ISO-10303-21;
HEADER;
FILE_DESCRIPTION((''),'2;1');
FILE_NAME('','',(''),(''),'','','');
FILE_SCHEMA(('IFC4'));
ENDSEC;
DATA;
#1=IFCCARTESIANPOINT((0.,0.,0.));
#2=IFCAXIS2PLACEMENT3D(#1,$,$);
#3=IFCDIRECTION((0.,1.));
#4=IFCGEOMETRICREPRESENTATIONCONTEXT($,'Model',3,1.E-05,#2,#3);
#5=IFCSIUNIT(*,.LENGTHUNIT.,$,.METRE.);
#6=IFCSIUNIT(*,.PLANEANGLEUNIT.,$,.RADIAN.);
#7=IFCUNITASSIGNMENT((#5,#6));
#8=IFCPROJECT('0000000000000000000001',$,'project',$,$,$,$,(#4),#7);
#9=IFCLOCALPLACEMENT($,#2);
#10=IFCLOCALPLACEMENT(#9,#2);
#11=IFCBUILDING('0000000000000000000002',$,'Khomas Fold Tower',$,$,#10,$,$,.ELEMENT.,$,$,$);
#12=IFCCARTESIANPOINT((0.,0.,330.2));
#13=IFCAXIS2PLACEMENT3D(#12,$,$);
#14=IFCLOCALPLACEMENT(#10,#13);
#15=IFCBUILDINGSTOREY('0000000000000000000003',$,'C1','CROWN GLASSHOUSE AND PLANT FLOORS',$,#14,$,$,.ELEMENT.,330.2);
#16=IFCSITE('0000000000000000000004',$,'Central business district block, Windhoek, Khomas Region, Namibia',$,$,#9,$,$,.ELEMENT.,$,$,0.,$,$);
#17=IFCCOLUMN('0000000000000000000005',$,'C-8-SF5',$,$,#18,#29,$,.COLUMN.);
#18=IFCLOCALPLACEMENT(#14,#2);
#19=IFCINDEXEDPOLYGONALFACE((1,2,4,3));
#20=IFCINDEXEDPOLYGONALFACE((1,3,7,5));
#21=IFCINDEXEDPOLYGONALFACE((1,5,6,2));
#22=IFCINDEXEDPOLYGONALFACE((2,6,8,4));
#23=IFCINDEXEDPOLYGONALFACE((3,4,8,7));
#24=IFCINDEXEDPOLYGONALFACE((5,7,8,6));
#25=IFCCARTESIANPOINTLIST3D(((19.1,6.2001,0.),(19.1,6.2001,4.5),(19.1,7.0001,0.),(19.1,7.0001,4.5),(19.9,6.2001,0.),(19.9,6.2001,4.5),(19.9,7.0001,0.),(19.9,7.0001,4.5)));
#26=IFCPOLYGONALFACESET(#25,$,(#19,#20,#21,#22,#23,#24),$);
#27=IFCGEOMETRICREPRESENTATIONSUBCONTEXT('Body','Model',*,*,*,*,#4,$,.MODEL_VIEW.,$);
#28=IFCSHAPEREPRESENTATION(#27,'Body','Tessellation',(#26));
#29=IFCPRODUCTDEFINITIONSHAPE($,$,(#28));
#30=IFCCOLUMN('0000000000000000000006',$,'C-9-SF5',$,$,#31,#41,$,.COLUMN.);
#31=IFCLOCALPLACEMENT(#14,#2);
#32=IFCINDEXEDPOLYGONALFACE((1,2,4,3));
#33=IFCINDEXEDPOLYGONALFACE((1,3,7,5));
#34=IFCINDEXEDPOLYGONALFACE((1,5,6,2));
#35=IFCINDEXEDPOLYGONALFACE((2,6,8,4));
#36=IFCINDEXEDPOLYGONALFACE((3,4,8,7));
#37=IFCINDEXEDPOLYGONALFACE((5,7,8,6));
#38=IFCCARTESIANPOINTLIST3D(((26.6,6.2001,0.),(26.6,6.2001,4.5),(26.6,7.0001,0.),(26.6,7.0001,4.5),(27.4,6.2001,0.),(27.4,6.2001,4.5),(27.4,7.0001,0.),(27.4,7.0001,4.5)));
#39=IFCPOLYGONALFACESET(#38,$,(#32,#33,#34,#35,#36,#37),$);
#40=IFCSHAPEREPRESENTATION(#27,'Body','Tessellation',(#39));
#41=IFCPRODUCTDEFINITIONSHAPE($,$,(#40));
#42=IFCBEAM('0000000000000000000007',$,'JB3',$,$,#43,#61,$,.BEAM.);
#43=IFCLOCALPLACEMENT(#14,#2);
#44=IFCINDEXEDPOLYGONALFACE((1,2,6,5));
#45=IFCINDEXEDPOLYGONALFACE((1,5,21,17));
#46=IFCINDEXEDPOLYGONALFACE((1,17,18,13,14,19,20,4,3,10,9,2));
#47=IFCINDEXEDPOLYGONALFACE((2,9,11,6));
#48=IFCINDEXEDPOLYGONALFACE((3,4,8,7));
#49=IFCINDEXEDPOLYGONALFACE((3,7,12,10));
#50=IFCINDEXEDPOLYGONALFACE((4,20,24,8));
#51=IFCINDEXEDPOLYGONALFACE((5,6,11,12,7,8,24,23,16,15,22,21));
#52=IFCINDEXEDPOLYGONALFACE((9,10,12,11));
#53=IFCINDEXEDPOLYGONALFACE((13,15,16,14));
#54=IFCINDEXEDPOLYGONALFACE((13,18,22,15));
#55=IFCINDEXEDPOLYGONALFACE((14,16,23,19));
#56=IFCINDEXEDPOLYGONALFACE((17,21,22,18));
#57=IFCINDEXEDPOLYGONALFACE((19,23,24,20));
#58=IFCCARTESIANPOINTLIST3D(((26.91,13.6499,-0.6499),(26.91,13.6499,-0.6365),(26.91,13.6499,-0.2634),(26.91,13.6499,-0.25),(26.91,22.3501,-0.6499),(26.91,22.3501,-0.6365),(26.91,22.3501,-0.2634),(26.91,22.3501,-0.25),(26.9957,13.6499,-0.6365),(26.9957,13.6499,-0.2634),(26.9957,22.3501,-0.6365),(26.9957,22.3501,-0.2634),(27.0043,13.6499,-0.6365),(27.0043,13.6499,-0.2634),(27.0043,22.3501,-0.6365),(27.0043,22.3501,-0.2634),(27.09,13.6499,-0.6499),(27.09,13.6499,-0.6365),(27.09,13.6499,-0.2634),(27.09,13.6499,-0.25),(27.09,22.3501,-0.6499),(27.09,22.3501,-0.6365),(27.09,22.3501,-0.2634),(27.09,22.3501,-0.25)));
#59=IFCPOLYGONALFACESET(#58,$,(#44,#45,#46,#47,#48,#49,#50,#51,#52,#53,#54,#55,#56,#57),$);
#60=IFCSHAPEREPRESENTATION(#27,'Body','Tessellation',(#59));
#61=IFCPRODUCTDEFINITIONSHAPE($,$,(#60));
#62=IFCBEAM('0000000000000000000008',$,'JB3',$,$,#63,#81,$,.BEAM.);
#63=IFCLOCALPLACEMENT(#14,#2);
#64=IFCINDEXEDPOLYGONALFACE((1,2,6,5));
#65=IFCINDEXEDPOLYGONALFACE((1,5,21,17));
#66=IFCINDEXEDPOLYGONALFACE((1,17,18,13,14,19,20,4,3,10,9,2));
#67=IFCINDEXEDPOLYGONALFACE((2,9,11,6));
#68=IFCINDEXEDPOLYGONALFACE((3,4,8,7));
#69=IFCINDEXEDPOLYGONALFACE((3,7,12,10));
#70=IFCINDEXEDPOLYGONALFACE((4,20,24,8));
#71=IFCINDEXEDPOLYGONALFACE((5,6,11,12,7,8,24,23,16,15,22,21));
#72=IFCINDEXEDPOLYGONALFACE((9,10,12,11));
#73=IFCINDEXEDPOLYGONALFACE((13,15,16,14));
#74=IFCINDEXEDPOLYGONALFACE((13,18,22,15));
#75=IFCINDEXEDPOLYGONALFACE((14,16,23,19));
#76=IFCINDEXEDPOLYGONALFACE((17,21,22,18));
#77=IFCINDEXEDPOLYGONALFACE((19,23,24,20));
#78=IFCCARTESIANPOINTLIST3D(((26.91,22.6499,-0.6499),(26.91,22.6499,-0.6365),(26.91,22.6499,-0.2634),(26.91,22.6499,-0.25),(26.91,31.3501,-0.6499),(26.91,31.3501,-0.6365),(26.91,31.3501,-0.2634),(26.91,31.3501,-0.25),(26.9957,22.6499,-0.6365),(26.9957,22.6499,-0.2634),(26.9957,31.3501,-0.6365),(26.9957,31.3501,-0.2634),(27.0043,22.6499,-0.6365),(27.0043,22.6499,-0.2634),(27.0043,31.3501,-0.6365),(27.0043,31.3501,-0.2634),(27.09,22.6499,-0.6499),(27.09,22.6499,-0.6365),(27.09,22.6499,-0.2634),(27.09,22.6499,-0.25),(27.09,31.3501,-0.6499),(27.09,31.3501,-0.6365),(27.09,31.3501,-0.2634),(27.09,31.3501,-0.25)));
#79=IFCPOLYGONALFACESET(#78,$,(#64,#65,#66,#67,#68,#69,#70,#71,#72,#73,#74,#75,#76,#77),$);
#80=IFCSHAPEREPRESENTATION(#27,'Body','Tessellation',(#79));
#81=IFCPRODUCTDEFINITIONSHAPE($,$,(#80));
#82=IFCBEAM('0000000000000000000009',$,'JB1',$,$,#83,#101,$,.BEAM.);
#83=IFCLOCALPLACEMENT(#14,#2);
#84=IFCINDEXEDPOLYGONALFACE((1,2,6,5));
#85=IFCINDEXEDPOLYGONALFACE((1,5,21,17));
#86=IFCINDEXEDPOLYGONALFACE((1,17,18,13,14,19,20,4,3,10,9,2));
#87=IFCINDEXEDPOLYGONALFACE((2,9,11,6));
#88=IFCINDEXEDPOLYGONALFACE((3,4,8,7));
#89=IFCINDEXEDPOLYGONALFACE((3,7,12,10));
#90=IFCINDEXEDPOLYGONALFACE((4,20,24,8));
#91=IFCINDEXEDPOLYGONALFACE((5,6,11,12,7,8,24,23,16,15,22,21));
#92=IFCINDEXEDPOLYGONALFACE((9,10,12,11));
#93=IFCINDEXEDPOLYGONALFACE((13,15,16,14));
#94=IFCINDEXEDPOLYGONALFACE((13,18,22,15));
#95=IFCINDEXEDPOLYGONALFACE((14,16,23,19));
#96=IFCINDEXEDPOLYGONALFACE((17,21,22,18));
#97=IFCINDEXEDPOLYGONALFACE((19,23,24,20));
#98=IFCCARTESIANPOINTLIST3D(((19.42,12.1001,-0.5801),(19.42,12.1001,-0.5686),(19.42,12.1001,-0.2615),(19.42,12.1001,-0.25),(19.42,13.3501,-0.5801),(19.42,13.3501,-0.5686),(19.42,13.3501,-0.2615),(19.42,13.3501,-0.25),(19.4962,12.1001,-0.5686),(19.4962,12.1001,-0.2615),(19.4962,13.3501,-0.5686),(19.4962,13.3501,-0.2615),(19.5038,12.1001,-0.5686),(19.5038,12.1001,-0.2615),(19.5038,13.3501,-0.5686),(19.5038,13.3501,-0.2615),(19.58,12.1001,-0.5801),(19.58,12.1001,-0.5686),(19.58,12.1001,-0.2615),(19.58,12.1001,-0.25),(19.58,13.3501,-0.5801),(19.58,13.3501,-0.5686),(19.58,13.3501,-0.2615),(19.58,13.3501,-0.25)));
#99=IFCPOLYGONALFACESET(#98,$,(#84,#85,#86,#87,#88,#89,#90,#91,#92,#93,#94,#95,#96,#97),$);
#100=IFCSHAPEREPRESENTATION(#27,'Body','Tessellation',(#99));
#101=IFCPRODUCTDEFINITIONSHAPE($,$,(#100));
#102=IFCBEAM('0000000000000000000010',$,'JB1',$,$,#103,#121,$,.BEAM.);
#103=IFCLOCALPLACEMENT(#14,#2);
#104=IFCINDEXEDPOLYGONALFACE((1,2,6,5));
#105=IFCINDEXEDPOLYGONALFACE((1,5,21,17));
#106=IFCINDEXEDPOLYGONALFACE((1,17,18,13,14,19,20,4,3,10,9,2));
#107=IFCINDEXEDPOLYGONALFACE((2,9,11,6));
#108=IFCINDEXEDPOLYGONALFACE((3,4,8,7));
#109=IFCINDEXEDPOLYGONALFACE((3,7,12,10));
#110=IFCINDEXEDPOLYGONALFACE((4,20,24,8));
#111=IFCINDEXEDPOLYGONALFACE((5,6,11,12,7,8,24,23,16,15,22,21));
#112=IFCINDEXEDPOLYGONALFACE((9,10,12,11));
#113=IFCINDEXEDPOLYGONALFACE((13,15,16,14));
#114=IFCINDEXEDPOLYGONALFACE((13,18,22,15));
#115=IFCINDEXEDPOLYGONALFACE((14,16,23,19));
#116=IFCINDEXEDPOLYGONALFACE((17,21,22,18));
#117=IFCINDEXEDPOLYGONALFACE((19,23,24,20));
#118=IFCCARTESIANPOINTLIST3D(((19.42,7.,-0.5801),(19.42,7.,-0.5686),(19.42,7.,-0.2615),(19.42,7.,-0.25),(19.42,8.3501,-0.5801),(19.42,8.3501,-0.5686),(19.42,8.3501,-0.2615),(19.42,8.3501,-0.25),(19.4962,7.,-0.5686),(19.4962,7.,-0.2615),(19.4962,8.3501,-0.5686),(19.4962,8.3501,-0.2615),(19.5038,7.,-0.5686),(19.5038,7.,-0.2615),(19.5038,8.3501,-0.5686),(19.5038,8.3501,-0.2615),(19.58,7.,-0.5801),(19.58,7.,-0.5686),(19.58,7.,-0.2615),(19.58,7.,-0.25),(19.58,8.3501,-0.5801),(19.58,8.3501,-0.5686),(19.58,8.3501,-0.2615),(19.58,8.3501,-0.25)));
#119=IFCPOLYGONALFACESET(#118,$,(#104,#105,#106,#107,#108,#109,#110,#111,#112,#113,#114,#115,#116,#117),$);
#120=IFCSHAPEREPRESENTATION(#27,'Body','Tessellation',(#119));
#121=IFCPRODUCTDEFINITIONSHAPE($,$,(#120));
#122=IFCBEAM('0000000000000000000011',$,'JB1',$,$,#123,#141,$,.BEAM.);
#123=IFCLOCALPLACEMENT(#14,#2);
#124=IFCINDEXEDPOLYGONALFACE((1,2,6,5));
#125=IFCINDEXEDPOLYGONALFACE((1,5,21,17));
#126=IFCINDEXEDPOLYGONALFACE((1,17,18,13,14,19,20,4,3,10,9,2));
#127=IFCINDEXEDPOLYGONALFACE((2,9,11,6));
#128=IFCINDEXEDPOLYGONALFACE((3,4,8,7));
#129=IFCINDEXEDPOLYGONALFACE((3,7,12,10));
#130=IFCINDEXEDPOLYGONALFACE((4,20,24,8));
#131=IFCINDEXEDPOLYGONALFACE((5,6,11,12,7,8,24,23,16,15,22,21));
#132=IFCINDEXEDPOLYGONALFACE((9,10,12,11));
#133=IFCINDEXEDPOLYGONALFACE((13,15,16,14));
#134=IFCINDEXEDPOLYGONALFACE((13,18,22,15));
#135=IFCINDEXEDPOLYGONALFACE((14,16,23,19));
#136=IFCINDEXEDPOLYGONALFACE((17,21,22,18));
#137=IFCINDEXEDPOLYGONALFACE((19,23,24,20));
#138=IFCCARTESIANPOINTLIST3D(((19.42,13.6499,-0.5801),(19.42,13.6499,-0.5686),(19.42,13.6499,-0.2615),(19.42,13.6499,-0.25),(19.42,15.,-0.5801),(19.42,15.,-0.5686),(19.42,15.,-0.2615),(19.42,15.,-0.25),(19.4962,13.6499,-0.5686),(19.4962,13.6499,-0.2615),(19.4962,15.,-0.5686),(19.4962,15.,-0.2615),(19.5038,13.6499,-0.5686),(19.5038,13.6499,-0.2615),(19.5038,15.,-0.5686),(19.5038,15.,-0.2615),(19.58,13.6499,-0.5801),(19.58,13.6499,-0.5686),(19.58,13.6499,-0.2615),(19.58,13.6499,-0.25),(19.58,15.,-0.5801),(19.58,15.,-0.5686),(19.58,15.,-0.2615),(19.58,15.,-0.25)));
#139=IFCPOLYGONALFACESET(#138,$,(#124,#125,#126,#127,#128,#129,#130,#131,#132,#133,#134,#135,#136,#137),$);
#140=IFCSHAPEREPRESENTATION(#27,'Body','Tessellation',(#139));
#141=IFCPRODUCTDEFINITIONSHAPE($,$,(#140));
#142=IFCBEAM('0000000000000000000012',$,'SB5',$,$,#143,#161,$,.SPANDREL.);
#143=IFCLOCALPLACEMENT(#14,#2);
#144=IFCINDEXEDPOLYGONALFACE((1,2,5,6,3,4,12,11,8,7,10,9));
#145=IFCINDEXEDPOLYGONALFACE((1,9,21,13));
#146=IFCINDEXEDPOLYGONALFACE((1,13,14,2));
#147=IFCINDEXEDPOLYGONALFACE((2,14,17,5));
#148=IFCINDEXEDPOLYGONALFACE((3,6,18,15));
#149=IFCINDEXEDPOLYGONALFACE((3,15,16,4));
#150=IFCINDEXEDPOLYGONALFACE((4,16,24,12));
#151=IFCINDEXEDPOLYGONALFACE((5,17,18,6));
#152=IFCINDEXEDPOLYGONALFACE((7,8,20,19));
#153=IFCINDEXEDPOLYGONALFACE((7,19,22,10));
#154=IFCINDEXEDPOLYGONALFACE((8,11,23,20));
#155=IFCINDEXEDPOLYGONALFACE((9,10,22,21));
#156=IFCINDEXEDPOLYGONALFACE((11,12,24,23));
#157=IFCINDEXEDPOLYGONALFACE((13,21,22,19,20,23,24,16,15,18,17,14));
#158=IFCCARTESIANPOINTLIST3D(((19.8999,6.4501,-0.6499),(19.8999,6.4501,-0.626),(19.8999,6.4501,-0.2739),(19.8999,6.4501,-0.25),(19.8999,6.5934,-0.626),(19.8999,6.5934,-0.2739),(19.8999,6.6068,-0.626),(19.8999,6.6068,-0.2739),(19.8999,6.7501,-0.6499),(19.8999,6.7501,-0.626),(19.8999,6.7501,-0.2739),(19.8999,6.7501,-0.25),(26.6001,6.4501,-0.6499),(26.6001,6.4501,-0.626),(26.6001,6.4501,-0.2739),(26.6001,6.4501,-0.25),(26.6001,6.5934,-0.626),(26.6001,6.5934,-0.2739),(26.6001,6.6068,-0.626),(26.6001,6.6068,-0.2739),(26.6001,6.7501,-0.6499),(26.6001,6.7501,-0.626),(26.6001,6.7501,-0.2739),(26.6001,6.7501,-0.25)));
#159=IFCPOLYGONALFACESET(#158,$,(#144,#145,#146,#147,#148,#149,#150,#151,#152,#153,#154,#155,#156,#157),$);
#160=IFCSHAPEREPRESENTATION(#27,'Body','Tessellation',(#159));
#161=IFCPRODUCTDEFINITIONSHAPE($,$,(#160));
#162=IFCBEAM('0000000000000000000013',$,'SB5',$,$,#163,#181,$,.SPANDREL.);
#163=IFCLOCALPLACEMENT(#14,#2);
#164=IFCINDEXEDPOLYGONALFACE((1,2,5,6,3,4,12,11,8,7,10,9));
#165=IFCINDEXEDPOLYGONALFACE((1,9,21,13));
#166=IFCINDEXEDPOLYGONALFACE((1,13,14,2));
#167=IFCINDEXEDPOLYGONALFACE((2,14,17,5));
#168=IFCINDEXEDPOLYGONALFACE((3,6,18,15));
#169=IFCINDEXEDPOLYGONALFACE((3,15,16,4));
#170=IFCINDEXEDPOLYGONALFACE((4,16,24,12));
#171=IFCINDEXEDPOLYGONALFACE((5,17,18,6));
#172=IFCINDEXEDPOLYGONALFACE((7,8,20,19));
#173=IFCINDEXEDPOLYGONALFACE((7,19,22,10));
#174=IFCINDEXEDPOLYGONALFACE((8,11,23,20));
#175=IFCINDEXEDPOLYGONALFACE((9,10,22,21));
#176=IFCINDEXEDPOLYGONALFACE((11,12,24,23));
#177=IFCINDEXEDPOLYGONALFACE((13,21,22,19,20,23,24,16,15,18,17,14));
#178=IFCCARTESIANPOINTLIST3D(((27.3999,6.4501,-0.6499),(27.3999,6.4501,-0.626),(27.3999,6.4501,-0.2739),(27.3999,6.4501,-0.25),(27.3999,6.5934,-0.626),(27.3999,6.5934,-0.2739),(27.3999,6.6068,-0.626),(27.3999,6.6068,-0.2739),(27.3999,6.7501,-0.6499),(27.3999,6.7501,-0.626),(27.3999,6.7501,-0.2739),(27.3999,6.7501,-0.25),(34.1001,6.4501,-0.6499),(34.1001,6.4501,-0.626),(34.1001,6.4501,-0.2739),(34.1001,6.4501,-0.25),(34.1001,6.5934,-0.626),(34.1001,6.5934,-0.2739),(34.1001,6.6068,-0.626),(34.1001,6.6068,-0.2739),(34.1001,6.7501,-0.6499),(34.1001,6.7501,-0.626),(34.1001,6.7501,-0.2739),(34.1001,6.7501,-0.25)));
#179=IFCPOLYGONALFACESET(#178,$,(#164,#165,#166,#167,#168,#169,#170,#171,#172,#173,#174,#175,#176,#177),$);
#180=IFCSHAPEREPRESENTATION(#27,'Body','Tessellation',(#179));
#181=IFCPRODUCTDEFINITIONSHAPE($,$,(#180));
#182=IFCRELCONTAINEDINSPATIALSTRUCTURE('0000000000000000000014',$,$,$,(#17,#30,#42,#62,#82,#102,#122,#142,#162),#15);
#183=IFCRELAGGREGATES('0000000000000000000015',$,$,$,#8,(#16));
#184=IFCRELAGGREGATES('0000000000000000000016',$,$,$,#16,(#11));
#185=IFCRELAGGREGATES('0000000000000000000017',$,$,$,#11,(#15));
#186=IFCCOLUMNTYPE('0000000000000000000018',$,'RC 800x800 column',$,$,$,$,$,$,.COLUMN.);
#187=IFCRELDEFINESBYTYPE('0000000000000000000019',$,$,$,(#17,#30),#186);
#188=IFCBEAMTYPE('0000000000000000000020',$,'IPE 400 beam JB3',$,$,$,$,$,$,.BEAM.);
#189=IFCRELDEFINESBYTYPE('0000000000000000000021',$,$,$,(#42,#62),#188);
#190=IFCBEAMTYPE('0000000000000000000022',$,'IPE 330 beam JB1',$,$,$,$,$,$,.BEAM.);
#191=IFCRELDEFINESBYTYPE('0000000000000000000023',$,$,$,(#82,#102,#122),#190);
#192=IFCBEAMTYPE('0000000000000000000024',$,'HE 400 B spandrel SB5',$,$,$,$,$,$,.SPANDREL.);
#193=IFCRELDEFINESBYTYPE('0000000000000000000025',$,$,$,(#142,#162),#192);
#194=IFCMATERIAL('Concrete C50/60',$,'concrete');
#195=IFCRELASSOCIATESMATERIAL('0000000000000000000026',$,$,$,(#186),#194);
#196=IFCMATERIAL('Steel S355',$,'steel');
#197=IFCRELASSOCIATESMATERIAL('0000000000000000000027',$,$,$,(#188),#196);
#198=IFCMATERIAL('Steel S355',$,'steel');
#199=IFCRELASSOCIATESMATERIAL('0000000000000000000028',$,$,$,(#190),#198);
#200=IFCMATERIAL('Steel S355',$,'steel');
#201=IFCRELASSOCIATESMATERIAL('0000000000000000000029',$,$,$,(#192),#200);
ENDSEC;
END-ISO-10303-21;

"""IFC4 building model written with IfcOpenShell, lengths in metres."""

from ifc_helpers import new_model, si_unit, direction, frame, origin, origin_2d, place, context, subcontext, project, spatial, rectangle, i_section, extrude, source, transform, mapped, material, material_profile, profile_set, type_object, element, save


model = new_model("IFC4")

# Units and contexts
model_context = context("Model", 3, precision=1e-05, world=origin(), true_north=direction((0.0, 1.0)))
body_context = subcontext(model_context, "Body", "Model", "MODEL_VIEW")
ifc_project = project(units=[si_unit("LENGTHUNIT", "METRE"), si_unit("PLANEANGLEUNIT", "RADIAN")], contexts=[model_context])

# Site, building, storey
site_placement = place(None, origin())
site = spatial("IfcSite", under=ifc_project, at=site_placement, Name="Central business district block, Windhoek, Khomas Region, Namibia", CompositionType="ELEMENT", RefElevation=0.0)
building_placement = place(site_placement, origin())
building = spatial("IfcBuilding", under=site, at=building_placement, Name="Khomas Fold Tower", CompositionType="ELEMENT")
storey_placement = place(building_placement, frame((0.0, 0.0, 330.2)))
storey = spatial("IfcBuildingStorey", under=building, at=storey_placement, Name="C1", Description="CROWN GLASSHOUSE AND PLANT FLOORS", CompositionType="ELEMENT", Elevation=330.2)

# Columns
ifc_material_1 = material(Name="Concrete C50/60", Category="concrete")
ifc_material_profile_1 = material_profile(ifc_material_1, rectangle(XDim=0.8, YDim=0.8, at=origin_2d()), Name="RC 800x800")
ifc_profile_set_1 = profile_set([ifc_material_profile_1], Name="Concrete C50/60")
column_type = type_object("IfcColumnType", Name="RC 800x800 column", PredefinedType="COLUMN", material=ifc_profile_set_1)
shared_shape_1 = source(origin(), body_context, "Body", "SweptSolid", [
    extrude(rectangle(XDim=0.8, YDim=0.8, at=origin_2d()), origin(), (0.0, 0.0, 1.0), 4.5),
])
for number, where, z_axis, x_axis, name in (
    (1, (19.5, 6.6001, 0.0), (0.0, 0.0, 1.0), (1.0, 0.0, 0.0), "C-8-SF5"),
    (2, (27.0, 6.6001, 0.0), (0.0, 0.0, 1.0), (1.0, 0.0, 0.0), "C-9-SF5"),
):
    element("IfcColumn", number, at=place(storey_placement, frame(where, z_axis=z_axis, x_axis=x_axis)), inside=storey, type_object=column_type, Name=name, PredefinedType="COLUMN", context=body_context, shape_type="MappedRepresentation", body=[
        mapped(shared_shape_1, transform((0.0, 0.0, 0.0))),
    ])

# Beams
ifc_material_2 = material(Name="Steel S355", Category="steel")
ifc_material_profile_2 = material_profile(ifc_material_2, i_section(OverallWidth=0.1799, OverallDepth=0.3999, WebThickness=0.0085, FlangeThickness=0.0134, at=origin_2d()), Name="IPE 400")
ifc_profile_set_2 = profile_set([ifc_material_profile_2], Name="Steel S355")
beam_type_1 = type_object("IfcBeamType", Name="IPE 400 beam JB3", PredefinedType="BEAM", material=ifc_profile_set_2)
shared_shape_2 = source(origin(), body_context, "Body", "SweptSolid", [
    extrude(i_section(OverallWidth=0.1799, OverallDepth=0.3999, WebThickness=0.0085, FlangeThickness=0.0134, at=origin_2d()), origin(), (0.0, 0.0, 1.0), 8.7002),
])
for number, where, z_axis, x_axis, name in (
    (3, (27.0, 13.6499, -0.45), (0.0, 1.0, 0.0), (-1.0, 0.0, 0.0), "JB3"),
    (4, (27.0, 22.6499, -0.45), (0.0, 1.0, 0.0), (-1.0, 0.0, 0.0), "JB3"),
):
    element("IfcBeam", number, at=place(storey_placement, frame(where, z_axis=z_axis, x_axis=x_axis)), inside=storey, type_object=beam_type_1, Name=name, PredefinedType="BEAM", context=body_context, shape_type="MappedRepresentation", body=[
        mapped(shared_shape_2, transform((0.0, 0.0, 0.0))),
    ])
ifc_material_3 = material(Name="Steel S355", Category="steel")
ifc_material_profile_3 = material_profile(ifc_material_3, i_section(OverallWidth=0.1599, OverallDepth=0.3301, WebThickness=0.0076, FlangeThickness=0.0115, at=origin_2d()), Name="IPE 330")
ifc_profile_set_3 = profile_set([ifc_material_profile_3], Name="Steel S355")
beam_type_2 = type_object("IfcBeamType", Name="IPE 330 beam JB1", PredefinedType="BEAM", material=ifc_profile_set_3)
shared_shape_3 = source(origin(), body_context, "Body", "SweptSolid", [
    extrude(i_section(OverallWidth=0.1599, OverallDepth=0.3301, WebThickness=0.0076, FlangeThickness=0.0115, at=origin_2d()), origin(), (0.0, 0.0, 1.0), 1.25),
])
beam_1_placement = place(storey_placement, frame((19.5, 12.1001, -0.415), z_axis=(0.0, 1.0, 0.0), x_axis=(-1.0, 0.0, 0.0)))
element("IfcBeam", 5, at=beam_1_placement, inside=storey, type_object=beam_type_2, Name="JB1", PredefinedType="BEAM", context=body_context, shape_type="MappedRepresentation", body=[
    mapped(shared_shape_3, transform((0.0, 0.0, 0.0))),
])
shared_shape_4 = source(origin(), body_context, "Body", "SweptSolid", [
    extrude(i_section(OverallWidth=0.1599, OverallDepth=0.3301, WebThickness=0.0076, FlangeThickness=0.0115, at=origin_2d()), origin(), (0.0, 0.0, 1.0), 1.3501),
])
for number, where, z_axis, x_axis, name in (
    (6, (19.5, 7.0, -0.415), (0.0, 1.0, 0.0), (-1.0, 0.0, 0.0), "JB1"),
    (7, (19.5, 13.6499, -0.415), (0.0, 1.0, 0.0), (-1.0, 0.0, 0.0), "JB1"),
):
    element("IfcBeam", number, at=place(storey_placement, frame(where, z_axis=z_axis, x_axis=x_axis)), inside=storey, type_object=beam_type_2, Name=name, PredefinedType="BEAM", context=body_context, shape_type="MappedRepresentation", body=[
        mapped(shared_shape_4, transform((0.0, 0.0, 0.0))),
    ])
ifc_material_4 = material(Name="Steel S355", Category="steel")
ifc_material_profile_4 = material_profile(ifc_material_4, i_section(OverallWidth=0.3, OverallDepth=0.3999, WebThickness=0.0134, FlangeThickness=0.0239, at=origin_2d()), Name="HE 400 B")
ifc_profile_set_4 = profile_set([ifc_material_profile_4], Name="Steel S355")
beam_type_3 = type_object("IfcBeamType", Name="HE 400 B spandrel SB5", PredefinedType="SPANDREL", material=ifc_profile_set_4)
shared_shape_5 = source(origin(), body_context, "Body", "SweptSolid", [
    extrude(i_section(OverallWidth=0.3, OverallDepth=0.3999, WebThickness=0.0134, FlangeThickness=0.0239, at=origin_2d()), origin(), (0.0, 0.0, 1.0), 6.7002),
])
for number, where, z_axis, x_axis, name in (
    (8, (19.8999, 6.6001, -0.45), (1.0, 0.0, 0.0), (0.0, 1.0, 0.0), "SB5"),
    (9, (27.3999, 6.6001, -0.45), (1.0, 0.0, 0.0), (0.0, 1.0, 0.0), "SB5"),
):
    element("IfcBeam", number, at=place(storey_placement, frame(where, z_axis=z_axis, x_axis=x_axis)), inside=storey, type_object=beam_type_3, Name=name, PredefinedType="SPANDREL", context=body_context, shape_type="MappedRepresentation", body=[
        mapped(shared_shape_5, transform((0.0, 0.0, 0.0))),
    ])

save(model, "model.ifc")
